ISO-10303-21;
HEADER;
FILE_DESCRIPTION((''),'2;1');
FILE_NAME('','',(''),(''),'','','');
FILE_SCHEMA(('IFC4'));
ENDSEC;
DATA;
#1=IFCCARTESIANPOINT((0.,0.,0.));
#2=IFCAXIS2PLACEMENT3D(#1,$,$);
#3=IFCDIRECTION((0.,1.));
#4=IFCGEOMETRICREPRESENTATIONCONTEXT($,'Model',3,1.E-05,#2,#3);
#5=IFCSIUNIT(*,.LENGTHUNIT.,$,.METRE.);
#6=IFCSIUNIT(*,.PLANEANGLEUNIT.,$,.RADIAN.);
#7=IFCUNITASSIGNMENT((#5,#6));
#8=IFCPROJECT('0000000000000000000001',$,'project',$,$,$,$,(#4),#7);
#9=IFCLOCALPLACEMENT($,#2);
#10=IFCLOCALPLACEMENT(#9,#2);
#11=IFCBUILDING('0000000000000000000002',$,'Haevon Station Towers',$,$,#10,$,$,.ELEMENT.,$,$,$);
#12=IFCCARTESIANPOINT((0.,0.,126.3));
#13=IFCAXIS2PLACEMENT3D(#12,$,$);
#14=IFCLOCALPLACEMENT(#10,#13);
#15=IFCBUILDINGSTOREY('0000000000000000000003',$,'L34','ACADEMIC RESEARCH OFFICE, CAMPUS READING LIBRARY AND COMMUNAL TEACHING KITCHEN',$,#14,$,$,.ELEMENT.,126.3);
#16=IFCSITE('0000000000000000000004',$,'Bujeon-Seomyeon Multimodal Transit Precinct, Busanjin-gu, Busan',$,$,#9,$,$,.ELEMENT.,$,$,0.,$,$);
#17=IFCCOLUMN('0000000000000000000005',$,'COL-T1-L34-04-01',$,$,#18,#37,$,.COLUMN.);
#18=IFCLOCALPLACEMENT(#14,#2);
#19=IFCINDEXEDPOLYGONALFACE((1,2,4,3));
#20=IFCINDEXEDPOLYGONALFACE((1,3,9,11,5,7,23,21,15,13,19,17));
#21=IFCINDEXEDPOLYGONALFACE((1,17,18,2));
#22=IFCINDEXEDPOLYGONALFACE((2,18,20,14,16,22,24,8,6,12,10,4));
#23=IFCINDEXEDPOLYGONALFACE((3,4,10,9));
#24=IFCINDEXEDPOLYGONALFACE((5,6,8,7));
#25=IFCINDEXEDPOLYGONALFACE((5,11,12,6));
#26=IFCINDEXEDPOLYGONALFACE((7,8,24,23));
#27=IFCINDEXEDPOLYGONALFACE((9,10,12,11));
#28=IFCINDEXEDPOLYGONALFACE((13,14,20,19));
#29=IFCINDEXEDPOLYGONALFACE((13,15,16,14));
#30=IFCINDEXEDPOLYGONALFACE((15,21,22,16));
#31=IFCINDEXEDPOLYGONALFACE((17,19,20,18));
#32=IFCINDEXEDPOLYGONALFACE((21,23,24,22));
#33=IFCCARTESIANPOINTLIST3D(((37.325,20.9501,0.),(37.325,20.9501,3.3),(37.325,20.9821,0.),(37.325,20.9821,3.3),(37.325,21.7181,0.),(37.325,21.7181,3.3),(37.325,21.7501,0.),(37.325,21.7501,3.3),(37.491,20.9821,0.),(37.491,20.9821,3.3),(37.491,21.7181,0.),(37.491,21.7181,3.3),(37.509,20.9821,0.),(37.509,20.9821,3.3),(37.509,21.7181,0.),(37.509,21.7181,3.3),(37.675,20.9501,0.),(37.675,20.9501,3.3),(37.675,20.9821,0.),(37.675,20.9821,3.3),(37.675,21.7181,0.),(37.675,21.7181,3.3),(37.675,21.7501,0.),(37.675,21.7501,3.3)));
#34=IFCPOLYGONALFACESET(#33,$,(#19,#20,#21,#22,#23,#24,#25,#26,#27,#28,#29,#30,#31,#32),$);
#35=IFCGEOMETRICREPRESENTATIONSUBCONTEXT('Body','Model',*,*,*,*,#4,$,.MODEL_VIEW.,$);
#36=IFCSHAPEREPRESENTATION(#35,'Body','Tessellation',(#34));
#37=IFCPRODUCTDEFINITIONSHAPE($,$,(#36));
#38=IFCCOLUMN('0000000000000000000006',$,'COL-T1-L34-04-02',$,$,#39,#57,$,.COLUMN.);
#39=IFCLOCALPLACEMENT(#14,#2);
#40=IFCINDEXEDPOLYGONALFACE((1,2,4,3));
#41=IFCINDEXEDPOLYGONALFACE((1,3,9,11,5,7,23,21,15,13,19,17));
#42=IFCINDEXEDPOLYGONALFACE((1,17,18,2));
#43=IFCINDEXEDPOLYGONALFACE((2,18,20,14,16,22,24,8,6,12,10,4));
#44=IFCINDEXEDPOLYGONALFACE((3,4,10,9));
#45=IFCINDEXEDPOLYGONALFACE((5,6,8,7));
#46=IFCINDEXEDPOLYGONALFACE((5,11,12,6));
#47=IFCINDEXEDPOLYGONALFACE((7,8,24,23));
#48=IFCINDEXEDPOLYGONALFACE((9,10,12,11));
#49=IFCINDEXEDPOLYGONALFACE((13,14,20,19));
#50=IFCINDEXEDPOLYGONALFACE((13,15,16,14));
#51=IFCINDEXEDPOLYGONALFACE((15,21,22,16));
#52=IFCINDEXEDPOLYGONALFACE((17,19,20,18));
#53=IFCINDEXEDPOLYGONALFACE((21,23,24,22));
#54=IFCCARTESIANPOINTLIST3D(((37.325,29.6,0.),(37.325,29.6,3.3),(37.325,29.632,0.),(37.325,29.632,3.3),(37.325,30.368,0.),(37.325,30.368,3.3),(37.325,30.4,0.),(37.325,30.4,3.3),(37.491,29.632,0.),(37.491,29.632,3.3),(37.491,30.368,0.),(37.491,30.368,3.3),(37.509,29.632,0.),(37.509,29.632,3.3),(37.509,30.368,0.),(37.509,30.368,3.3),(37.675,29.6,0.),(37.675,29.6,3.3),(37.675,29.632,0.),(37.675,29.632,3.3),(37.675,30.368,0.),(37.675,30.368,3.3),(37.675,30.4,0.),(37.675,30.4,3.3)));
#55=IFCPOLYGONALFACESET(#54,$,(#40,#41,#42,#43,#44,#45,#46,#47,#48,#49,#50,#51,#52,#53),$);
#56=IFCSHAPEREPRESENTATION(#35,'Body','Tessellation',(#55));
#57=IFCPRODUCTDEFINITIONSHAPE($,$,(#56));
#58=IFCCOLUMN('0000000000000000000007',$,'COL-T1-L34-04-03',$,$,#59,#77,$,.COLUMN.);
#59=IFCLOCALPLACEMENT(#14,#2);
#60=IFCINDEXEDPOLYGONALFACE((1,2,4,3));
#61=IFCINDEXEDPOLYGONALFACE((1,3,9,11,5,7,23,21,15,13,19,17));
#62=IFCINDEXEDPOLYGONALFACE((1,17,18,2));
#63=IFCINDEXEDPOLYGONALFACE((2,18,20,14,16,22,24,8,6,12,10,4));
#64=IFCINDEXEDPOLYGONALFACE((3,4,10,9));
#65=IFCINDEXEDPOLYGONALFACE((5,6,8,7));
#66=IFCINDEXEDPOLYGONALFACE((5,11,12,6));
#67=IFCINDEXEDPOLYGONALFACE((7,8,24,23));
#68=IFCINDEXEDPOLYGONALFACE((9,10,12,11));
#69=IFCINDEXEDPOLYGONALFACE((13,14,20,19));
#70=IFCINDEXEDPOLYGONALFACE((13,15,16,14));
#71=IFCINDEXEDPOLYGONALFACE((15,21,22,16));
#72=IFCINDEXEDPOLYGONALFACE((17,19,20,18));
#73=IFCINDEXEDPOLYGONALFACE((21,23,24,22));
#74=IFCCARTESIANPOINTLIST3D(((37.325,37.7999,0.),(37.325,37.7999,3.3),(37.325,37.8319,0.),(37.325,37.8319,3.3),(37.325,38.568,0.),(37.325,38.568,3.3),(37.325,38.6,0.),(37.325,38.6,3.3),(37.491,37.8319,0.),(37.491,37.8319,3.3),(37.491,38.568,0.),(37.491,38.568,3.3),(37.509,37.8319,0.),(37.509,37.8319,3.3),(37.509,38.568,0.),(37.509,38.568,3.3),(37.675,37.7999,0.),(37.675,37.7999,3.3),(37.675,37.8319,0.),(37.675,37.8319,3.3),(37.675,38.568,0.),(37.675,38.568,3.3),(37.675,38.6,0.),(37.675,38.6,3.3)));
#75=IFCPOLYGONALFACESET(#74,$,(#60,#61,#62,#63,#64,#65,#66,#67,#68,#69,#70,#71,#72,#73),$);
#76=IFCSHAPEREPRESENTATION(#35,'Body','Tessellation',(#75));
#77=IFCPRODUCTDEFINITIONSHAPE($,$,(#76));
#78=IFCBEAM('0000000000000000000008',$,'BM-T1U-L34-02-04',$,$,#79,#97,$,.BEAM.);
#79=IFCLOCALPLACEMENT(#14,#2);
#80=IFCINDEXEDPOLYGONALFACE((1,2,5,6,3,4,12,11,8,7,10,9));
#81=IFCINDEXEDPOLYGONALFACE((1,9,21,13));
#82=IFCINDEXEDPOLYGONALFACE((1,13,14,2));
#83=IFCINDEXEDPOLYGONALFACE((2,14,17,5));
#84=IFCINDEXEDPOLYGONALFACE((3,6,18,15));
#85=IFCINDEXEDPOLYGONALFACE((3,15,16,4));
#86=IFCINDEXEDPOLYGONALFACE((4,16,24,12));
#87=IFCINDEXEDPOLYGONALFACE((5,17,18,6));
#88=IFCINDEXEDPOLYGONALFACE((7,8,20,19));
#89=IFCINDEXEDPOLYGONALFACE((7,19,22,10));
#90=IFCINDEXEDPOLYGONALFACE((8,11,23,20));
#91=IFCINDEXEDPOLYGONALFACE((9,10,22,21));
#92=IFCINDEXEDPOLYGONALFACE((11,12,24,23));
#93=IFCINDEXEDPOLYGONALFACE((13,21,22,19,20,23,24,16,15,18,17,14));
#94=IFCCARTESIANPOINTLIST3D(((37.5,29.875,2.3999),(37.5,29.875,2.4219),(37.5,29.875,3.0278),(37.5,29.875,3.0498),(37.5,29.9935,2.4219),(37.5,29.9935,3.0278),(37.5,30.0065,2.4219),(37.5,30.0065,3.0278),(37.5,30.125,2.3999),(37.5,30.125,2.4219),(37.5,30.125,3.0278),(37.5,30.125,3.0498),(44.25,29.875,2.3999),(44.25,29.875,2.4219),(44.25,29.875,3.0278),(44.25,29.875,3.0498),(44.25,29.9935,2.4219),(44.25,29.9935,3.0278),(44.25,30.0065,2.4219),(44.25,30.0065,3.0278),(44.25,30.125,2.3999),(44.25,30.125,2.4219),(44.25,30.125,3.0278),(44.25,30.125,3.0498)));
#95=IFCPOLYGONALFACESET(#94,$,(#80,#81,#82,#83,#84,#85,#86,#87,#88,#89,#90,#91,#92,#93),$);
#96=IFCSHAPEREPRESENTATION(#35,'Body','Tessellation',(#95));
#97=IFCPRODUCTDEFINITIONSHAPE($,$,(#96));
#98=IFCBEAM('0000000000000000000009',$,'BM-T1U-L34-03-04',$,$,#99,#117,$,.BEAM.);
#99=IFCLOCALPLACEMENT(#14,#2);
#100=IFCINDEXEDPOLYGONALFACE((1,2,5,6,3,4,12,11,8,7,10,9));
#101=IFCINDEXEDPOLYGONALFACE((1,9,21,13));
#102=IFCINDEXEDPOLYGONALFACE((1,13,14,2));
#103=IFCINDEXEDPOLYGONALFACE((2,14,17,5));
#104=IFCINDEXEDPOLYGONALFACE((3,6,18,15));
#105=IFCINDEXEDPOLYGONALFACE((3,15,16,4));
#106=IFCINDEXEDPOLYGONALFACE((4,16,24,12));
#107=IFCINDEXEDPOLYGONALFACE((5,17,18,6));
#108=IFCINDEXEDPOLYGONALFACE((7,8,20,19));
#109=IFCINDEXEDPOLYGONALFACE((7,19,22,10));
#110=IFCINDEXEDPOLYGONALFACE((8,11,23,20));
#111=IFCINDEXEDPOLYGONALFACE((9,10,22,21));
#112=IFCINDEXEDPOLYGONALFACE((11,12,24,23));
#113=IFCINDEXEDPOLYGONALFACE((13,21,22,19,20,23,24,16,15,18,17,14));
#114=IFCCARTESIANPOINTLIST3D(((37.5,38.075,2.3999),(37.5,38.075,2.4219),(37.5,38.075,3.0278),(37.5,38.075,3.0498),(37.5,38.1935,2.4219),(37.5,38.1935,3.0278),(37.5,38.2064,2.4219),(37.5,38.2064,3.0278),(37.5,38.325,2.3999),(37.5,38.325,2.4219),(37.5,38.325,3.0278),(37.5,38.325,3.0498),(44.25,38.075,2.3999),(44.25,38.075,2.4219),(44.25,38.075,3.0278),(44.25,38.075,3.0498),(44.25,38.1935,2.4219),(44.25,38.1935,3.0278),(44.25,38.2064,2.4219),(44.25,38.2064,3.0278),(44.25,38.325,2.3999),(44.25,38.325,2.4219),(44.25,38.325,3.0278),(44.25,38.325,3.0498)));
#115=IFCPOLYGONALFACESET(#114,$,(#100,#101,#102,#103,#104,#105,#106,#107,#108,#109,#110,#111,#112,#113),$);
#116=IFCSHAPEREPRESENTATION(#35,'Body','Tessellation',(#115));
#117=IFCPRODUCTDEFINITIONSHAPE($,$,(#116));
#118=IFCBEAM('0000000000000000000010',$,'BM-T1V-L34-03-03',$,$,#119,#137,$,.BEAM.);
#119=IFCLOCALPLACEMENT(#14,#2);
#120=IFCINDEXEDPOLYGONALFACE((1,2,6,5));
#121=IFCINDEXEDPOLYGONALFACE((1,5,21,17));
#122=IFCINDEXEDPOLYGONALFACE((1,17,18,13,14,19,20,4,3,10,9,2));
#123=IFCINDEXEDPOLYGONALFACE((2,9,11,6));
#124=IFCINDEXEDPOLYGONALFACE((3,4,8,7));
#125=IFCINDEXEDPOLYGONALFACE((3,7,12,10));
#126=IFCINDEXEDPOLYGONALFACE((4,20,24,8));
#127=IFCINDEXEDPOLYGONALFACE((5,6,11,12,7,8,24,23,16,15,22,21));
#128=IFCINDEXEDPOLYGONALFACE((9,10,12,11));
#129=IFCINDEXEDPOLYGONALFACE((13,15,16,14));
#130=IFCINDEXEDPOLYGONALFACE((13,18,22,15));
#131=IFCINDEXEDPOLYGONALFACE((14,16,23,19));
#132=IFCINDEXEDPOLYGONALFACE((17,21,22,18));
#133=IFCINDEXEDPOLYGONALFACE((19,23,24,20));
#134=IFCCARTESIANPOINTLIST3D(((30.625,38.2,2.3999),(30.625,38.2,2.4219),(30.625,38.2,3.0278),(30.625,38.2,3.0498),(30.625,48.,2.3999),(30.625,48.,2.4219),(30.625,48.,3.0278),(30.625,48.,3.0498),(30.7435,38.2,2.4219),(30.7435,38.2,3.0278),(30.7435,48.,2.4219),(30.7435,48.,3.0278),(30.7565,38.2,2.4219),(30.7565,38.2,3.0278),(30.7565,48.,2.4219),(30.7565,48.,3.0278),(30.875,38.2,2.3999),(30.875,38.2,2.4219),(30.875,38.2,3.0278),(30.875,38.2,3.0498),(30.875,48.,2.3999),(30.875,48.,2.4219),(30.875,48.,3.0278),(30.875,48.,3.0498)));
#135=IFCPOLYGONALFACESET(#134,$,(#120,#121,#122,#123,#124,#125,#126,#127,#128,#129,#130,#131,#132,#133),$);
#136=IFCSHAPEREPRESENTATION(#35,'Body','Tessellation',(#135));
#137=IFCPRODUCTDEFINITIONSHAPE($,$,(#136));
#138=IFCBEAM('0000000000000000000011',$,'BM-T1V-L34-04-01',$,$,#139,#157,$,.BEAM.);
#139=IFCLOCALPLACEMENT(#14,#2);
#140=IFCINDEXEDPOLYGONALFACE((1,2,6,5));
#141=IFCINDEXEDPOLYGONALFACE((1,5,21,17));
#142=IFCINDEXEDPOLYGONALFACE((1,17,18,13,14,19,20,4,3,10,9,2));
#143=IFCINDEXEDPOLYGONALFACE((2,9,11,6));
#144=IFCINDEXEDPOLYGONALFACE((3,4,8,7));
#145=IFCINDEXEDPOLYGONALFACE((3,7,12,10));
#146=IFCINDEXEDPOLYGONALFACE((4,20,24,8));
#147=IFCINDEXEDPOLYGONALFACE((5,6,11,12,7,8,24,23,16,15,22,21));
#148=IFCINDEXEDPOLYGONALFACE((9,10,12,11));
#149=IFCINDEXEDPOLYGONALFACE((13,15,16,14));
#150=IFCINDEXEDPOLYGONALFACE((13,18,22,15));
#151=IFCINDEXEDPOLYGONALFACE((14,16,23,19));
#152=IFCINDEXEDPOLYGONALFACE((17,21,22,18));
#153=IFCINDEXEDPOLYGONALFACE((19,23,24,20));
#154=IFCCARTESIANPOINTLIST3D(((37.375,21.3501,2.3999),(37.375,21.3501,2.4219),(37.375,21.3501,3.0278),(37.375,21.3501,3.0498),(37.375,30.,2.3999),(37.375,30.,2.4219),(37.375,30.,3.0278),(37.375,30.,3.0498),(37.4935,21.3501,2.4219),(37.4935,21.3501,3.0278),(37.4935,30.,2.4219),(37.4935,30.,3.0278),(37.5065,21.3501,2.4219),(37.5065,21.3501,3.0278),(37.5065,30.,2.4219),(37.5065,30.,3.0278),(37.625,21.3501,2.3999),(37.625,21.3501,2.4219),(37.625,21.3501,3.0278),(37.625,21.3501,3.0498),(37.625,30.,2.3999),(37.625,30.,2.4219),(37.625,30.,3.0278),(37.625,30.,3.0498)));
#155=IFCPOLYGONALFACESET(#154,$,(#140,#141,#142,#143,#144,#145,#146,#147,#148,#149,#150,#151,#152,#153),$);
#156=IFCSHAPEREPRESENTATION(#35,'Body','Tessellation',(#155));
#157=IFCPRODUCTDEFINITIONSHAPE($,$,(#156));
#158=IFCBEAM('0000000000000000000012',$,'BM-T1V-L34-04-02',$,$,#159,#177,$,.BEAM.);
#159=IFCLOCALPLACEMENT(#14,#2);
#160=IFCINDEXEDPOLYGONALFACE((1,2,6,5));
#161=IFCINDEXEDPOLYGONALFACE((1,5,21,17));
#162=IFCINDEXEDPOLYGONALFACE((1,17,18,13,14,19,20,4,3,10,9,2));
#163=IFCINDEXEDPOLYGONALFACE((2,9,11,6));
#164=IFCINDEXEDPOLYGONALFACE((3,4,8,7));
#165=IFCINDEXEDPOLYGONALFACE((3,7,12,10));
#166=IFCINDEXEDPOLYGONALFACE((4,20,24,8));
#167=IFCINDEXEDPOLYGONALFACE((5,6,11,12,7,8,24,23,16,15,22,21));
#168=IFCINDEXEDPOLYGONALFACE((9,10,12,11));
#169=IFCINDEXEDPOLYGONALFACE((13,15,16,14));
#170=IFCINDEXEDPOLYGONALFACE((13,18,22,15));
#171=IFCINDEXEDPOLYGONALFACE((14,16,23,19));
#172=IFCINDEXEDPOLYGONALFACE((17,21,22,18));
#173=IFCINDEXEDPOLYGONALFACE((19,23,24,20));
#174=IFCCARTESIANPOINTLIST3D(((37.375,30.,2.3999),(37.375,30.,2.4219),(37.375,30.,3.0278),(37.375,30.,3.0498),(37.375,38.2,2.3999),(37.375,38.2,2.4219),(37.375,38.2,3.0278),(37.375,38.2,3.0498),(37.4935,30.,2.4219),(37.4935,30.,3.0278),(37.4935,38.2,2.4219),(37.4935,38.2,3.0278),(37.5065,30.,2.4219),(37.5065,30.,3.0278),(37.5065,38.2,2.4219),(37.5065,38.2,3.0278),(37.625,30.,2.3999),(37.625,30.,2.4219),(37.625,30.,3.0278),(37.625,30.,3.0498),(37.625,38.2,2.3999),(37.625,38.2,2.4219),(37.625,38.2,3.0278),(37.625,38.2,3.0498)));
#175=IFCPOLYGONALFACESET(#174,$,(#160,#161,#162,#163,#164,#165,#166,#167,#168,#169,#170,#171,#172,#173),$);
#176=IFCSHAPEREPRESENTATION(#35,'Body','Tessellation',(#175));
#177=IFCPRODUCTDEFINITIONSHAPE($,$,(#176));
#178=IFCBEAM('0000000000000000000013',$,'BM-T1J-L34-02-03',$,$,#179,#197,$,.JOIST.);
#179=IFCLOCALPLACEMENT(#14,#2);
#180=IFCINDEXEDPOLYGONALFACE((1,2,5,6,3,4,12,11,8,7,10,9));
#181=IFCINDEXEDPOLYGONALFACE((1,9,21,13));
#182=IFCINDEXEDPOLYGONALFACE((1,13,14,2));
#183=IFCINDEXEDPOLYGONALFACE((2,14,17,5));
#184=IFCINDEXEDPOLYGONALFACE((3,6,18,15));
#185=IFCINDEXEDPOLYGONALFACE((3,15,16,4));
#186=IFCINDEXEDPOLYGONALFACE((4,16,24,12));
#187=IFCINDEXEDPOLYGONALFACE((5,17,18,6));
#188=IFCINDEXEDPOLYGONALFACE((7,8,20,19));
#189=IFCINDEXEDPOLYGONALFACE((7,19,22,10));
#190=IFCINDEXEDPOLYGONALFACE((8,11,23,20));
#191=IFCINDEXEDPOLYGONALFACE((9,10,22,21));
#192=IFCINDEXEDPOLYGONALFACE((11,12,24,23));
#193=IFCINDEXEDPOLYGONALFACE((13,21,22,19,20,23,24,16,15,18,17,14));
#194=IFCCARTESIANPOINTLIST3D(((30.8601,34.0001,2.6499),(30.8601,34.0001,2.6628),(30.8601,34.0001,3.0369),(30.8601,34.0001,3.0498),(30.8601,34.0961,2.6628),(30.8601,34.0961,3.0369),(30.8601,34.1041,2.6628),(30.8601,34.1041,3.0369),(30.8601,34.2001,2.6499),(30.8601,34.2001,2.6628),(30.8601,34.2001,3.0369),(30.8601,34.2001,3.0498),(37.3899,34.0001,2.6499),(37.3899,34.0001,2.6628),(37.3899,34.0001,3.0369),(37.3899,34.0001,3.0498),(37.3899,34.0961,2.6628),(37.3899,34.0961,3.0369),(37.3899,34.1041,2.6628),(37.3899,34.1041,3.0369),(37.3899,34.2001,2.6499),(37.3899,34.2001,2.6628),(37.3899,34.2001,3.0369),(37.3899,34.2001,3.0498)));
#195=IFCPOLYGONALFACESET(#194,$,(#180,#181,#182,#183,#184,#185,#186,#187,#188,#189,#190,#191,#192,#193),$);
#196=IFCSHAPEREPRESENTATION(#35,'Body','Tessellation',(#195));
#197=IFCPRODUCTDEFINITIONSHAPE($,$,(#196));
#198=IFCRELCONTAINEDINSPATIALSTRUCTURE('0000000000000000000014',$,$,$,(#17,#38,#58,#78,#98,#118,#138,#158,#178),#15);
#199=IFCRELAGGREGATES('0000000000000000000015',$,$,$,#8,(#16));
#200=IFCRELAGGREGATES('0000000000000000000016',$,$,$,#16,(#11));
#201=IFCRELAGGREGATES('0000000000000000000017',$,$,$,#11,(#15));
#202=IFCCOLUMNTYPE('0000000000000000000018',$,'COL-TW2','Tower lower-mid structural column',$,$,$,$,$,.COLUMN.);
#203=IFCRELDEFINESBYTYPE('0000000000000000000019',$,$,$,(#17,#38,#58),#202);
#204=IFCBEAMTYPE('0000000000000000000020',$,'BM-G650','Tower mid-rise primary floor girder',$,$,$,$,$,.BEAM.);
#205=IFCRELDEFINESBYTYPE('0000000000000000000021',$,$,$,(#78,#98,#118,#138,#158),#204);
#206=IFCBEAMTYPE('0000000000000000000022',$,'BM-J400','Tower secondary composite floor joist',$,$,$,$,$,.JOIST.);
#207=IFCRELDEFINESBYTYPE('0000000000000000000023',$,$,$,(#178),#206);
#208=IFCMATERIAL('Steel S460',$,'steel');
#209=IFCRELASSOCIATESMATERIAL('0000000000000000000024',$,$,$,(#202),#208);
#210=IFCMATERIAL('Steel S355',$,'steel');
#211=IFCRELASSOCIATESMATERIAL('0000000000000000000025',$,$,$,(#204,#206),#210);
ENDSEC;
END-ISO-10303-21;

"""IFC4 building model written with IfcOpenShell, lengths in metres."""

from ifc_helpers import new_model, si_unit, direction, frame, origin, origin_2d, place, context, subcontext, project, spatial, i_section, extrude, material, material_profile, profile_set, type_object, element, save


model = new_model("IFC4")

# Units and contexts
model_context = context("Model", 3, precision=1e-05, world=origin(), true_north=direction((0.0, 1.0)))
body_context = subcontext(model_context, "Body", "Model", "MODEL_VIEW")
ifc_project = project(units=[si_unit("LENGTHUNIT", "METRE"), si_unit("PLANEANGLEUNIT", "RADIAN")], contexts=[model_context])

# Site, building, storey
site_placement = place(None, origin())
site = spatial("IfcSite", under=ifc_project, at=site_placement, Name="Bujeon-Seomyeon Multimodal Transit Precinct, Busanjin-gu, Busan", CompositionType="ELEMENT", RefElevation=0.0)
building_placement = place(site_placement, origin())
building = spatial("IfcBuilding", under=site, at=building_placement, Name="Haevon Station Towers", CompositionType="ELEMENT")
storey_placement = place(building_placement, frame((0.0, 0.0, 126.3)))
storey = spatial("IfcBuildingStorey", under=building, at=storey_placement, Name="L34", Description="ACADEMIC RESEARCH OFFICE, CAMPUS READING LIBRARY AND COMMUNAL TEACHING KITCHEN", CompositionType="ELEMENT", Elevation=126.3)

# Columns
ifc_material_1 = material(Name="Steel S460", Category="steel")
ifc_material_profile_1 = material_profile(ifc_material_1, i_section(OverallWidth=0.3501, OverallDepth=0.8, WebThickness=0.0181, FlangeThickness=0.032, at=origin_2d()), Name="H-800x350x18x32")
ifc_profile_set_1 = profile_set([ifc_material_profile_1], Name="Steel S460")
column_type = type_object("IfcColumnType", Name="COL-TW2", Description="Tower lower-mid structural column", PredefinedType="COLUMN", material=ifc_profile_set_1)
for number, where, z_axis, x_axis, name in (
    (1, (37.5, 21.3501, 0.0), (0.0, 0.0, 1.0), (1.0, 0.0, 0.0), "COL-T1-L34-04-01"),
    (2, (37.5, 30.0, 0.0), (0.0, 0.0, 1.0), (1.0, 0.0, 0.0), "COL-T1-L34-04-02"),
    (3, (37.5, 38.2, 0.0), (0.0, 0.0, 1.0), (1.0, 0.0, 0.0), "COL-T1-L34-04-03"),
):
    element("IfcColumn", number, at=place(storey_placement, frame(where, z_axis=z_axis, x_axis=x_axis)), inside=storey, type_object=column_type, Name=name, PredefinedType="COLUMN", context=body_context, shape_type="SweptSolid", body=[
        extrude(i_section(OverallWidth=0.3501, OverallDepth=0.8, WebThickness=0.0181, FlangeThickness=0.032, at=origin_2d()), origin(), (0.0, 0.0, 1.0), 3.3),
    ])

# Beams
ifc_material_2 = material(Name="Steel S355", Category="steel")
ifc_material_profile_2 = material_profile(ifc_material_2, i_section(OverallWidth=0.25, OverallDepth=0.6499, WebThickness=0.0129, FlangeThickness=0.022, at=origin_2d()), Name="H-650x250x13x22")
ifc_profile_set_2 = profile_set([ifc_material_profile_2], Name="Steel S355")
beam_type_1 = type_object("IfcBeamType", Name="BM-G650", Description="Tower mid-rise primary floor girder", PredefinedType="BEAM", material=ifc_profile_set_2)
for number, where, z_axis, x_axis, name in (
    (4, (37.5, 30.0, 2.7249), (1.0, 0.0, 0.0), (0.0, 1.0, 0.0), "BM-T1U-L34-02-04"),
    (5, (37.5, 38.2, 2.7249), (1.0, 0.0, 0.0), (0.0, 1.0, 0.0), "BM-T1U-L34-03-04"),
):
    element("IfcBeam", number, at=place(storey_placement, frame(where, z_axis=z_axis, x_axis=x_axis)), inside=storey, type_object=beam_type_1, Name=name, PredefinedType="BEAM", context=body_context, shape_type="SweptSolid", body=[
        extrude(i_section(OverallWidth=0.25, OverallDepth=0.6499, WebThickness=0.0129, FlangeThickness=0.022, at=origin_2d()), origin(), (0.0, 0.0, 1.0), 6.75),
    ])
beam_1_placement = place(storey_placement, frame((30.75, 38.2, 2.7249), z_axis=(0.0, 1.0, 0.0), x_axis=(-1.0, 0.0, 0.0)))
element("IfcBeam", 6, at=beam_1_placement, inside=storey, type_object=beam_type_1, Name="BM-T1V-L34-03-03", PredefinedType="BEAM", context=body_context, shape_type="SweptSolid", body=[
    extrude(i_section(OverallWidth=0.25, OverallDepth=0.6499, WebThickness=0.0129, FlangeThickness=0.022, at=origin_2d()), origin(), (0.0, 0.0, 1.0), 9.8),
])
beam_2_placement = place(storey_placement, frame((37.5, 21.3501, 2.7249), z_axis=(0.0, 1.0, 0.0), x_axis=(-1.0, 0.0, 0.0)))
element("IfcBeam", 7, at=beam_2_placement, inside=storey, type_object=beam_type_1, Name="BM-T1V-L34-04-01", PredefinedType="BEAM", context=body_context, shape_type="SweptSolid", body=[
    extrude(i_section(OverallWidth=0.25, OverallDepth=0.6499, WebThickness=0.0129, FlangeThickness=0.022, at=origin_2d()), origin(), (0.0, 0.0, 1.0), 8.6499),
])
beam_3_placement = place(storey_placement, frame((37.5, 30.0, 2.7249), z_axis=(0.0, 1.0, 0.0), x_axis=(-1.0, 0.0, 0.0)))
element("IfcBeam", 8, at=beam_3_placement, inside=storey, type_object=beam_type_1, Name="BM-T1V-L34-04-02", PredefinedType="BEAM", context=body_context, shape_type="SweptSolid", body=[
    extrude(i_section(OverallWidth=0.25, OverallDepth=0.6499, WebThickness=0.0129, FlangeThickness=0.022, at=origin_2d()), origin(), (0.0, 0.0, 1.0), 8.2),
])
ifc_material_profile_3 = material_profile(ifc_material_2, i_section(OverallWidth=0.2, OverallDepth=0.3999, WebThickness=0.0081, FlangeThickness=0.0129, at=origin_2d()), Name="H-400x200x8x13")
ifc_profile_set_3 = profile_set([ifc_material_profile_3], Name="Steel S355")
beam_type_2 = type_object("IfcBeamType", Name="BM-J400", Description="Tower secondary composite floor joist", PredefinedType="JOIST", material=ifc_profile_set_3)
for number, where, z_axis, x_axis, name in (
    (9, (30.8601, 34.1001, 2.8499), (1.0, 0.0, 0.0), (0.0, 1.0, 0.0), "BM-T1J-L34-02-03"),
):
    element("IfcBeam", number, at=place(storey_placement, frame(where, z_axis=z_axis, x_axis=x_axis)), inside=storey, type_object=beam_type_2, Name=name, PredefinedType="JOIST", context=body_context, shape_type="SweptSolid", body=[
        extrude(i_section(OverallWidth=0.2, OverallDepth=0.3999, WebThickness=0.0081, FlangeThickness=0.0129, at=origin_2d()), origin(), (0.0, 0.0, 1.0), 6.5298),
    ])

save(model, "model.ifc")
